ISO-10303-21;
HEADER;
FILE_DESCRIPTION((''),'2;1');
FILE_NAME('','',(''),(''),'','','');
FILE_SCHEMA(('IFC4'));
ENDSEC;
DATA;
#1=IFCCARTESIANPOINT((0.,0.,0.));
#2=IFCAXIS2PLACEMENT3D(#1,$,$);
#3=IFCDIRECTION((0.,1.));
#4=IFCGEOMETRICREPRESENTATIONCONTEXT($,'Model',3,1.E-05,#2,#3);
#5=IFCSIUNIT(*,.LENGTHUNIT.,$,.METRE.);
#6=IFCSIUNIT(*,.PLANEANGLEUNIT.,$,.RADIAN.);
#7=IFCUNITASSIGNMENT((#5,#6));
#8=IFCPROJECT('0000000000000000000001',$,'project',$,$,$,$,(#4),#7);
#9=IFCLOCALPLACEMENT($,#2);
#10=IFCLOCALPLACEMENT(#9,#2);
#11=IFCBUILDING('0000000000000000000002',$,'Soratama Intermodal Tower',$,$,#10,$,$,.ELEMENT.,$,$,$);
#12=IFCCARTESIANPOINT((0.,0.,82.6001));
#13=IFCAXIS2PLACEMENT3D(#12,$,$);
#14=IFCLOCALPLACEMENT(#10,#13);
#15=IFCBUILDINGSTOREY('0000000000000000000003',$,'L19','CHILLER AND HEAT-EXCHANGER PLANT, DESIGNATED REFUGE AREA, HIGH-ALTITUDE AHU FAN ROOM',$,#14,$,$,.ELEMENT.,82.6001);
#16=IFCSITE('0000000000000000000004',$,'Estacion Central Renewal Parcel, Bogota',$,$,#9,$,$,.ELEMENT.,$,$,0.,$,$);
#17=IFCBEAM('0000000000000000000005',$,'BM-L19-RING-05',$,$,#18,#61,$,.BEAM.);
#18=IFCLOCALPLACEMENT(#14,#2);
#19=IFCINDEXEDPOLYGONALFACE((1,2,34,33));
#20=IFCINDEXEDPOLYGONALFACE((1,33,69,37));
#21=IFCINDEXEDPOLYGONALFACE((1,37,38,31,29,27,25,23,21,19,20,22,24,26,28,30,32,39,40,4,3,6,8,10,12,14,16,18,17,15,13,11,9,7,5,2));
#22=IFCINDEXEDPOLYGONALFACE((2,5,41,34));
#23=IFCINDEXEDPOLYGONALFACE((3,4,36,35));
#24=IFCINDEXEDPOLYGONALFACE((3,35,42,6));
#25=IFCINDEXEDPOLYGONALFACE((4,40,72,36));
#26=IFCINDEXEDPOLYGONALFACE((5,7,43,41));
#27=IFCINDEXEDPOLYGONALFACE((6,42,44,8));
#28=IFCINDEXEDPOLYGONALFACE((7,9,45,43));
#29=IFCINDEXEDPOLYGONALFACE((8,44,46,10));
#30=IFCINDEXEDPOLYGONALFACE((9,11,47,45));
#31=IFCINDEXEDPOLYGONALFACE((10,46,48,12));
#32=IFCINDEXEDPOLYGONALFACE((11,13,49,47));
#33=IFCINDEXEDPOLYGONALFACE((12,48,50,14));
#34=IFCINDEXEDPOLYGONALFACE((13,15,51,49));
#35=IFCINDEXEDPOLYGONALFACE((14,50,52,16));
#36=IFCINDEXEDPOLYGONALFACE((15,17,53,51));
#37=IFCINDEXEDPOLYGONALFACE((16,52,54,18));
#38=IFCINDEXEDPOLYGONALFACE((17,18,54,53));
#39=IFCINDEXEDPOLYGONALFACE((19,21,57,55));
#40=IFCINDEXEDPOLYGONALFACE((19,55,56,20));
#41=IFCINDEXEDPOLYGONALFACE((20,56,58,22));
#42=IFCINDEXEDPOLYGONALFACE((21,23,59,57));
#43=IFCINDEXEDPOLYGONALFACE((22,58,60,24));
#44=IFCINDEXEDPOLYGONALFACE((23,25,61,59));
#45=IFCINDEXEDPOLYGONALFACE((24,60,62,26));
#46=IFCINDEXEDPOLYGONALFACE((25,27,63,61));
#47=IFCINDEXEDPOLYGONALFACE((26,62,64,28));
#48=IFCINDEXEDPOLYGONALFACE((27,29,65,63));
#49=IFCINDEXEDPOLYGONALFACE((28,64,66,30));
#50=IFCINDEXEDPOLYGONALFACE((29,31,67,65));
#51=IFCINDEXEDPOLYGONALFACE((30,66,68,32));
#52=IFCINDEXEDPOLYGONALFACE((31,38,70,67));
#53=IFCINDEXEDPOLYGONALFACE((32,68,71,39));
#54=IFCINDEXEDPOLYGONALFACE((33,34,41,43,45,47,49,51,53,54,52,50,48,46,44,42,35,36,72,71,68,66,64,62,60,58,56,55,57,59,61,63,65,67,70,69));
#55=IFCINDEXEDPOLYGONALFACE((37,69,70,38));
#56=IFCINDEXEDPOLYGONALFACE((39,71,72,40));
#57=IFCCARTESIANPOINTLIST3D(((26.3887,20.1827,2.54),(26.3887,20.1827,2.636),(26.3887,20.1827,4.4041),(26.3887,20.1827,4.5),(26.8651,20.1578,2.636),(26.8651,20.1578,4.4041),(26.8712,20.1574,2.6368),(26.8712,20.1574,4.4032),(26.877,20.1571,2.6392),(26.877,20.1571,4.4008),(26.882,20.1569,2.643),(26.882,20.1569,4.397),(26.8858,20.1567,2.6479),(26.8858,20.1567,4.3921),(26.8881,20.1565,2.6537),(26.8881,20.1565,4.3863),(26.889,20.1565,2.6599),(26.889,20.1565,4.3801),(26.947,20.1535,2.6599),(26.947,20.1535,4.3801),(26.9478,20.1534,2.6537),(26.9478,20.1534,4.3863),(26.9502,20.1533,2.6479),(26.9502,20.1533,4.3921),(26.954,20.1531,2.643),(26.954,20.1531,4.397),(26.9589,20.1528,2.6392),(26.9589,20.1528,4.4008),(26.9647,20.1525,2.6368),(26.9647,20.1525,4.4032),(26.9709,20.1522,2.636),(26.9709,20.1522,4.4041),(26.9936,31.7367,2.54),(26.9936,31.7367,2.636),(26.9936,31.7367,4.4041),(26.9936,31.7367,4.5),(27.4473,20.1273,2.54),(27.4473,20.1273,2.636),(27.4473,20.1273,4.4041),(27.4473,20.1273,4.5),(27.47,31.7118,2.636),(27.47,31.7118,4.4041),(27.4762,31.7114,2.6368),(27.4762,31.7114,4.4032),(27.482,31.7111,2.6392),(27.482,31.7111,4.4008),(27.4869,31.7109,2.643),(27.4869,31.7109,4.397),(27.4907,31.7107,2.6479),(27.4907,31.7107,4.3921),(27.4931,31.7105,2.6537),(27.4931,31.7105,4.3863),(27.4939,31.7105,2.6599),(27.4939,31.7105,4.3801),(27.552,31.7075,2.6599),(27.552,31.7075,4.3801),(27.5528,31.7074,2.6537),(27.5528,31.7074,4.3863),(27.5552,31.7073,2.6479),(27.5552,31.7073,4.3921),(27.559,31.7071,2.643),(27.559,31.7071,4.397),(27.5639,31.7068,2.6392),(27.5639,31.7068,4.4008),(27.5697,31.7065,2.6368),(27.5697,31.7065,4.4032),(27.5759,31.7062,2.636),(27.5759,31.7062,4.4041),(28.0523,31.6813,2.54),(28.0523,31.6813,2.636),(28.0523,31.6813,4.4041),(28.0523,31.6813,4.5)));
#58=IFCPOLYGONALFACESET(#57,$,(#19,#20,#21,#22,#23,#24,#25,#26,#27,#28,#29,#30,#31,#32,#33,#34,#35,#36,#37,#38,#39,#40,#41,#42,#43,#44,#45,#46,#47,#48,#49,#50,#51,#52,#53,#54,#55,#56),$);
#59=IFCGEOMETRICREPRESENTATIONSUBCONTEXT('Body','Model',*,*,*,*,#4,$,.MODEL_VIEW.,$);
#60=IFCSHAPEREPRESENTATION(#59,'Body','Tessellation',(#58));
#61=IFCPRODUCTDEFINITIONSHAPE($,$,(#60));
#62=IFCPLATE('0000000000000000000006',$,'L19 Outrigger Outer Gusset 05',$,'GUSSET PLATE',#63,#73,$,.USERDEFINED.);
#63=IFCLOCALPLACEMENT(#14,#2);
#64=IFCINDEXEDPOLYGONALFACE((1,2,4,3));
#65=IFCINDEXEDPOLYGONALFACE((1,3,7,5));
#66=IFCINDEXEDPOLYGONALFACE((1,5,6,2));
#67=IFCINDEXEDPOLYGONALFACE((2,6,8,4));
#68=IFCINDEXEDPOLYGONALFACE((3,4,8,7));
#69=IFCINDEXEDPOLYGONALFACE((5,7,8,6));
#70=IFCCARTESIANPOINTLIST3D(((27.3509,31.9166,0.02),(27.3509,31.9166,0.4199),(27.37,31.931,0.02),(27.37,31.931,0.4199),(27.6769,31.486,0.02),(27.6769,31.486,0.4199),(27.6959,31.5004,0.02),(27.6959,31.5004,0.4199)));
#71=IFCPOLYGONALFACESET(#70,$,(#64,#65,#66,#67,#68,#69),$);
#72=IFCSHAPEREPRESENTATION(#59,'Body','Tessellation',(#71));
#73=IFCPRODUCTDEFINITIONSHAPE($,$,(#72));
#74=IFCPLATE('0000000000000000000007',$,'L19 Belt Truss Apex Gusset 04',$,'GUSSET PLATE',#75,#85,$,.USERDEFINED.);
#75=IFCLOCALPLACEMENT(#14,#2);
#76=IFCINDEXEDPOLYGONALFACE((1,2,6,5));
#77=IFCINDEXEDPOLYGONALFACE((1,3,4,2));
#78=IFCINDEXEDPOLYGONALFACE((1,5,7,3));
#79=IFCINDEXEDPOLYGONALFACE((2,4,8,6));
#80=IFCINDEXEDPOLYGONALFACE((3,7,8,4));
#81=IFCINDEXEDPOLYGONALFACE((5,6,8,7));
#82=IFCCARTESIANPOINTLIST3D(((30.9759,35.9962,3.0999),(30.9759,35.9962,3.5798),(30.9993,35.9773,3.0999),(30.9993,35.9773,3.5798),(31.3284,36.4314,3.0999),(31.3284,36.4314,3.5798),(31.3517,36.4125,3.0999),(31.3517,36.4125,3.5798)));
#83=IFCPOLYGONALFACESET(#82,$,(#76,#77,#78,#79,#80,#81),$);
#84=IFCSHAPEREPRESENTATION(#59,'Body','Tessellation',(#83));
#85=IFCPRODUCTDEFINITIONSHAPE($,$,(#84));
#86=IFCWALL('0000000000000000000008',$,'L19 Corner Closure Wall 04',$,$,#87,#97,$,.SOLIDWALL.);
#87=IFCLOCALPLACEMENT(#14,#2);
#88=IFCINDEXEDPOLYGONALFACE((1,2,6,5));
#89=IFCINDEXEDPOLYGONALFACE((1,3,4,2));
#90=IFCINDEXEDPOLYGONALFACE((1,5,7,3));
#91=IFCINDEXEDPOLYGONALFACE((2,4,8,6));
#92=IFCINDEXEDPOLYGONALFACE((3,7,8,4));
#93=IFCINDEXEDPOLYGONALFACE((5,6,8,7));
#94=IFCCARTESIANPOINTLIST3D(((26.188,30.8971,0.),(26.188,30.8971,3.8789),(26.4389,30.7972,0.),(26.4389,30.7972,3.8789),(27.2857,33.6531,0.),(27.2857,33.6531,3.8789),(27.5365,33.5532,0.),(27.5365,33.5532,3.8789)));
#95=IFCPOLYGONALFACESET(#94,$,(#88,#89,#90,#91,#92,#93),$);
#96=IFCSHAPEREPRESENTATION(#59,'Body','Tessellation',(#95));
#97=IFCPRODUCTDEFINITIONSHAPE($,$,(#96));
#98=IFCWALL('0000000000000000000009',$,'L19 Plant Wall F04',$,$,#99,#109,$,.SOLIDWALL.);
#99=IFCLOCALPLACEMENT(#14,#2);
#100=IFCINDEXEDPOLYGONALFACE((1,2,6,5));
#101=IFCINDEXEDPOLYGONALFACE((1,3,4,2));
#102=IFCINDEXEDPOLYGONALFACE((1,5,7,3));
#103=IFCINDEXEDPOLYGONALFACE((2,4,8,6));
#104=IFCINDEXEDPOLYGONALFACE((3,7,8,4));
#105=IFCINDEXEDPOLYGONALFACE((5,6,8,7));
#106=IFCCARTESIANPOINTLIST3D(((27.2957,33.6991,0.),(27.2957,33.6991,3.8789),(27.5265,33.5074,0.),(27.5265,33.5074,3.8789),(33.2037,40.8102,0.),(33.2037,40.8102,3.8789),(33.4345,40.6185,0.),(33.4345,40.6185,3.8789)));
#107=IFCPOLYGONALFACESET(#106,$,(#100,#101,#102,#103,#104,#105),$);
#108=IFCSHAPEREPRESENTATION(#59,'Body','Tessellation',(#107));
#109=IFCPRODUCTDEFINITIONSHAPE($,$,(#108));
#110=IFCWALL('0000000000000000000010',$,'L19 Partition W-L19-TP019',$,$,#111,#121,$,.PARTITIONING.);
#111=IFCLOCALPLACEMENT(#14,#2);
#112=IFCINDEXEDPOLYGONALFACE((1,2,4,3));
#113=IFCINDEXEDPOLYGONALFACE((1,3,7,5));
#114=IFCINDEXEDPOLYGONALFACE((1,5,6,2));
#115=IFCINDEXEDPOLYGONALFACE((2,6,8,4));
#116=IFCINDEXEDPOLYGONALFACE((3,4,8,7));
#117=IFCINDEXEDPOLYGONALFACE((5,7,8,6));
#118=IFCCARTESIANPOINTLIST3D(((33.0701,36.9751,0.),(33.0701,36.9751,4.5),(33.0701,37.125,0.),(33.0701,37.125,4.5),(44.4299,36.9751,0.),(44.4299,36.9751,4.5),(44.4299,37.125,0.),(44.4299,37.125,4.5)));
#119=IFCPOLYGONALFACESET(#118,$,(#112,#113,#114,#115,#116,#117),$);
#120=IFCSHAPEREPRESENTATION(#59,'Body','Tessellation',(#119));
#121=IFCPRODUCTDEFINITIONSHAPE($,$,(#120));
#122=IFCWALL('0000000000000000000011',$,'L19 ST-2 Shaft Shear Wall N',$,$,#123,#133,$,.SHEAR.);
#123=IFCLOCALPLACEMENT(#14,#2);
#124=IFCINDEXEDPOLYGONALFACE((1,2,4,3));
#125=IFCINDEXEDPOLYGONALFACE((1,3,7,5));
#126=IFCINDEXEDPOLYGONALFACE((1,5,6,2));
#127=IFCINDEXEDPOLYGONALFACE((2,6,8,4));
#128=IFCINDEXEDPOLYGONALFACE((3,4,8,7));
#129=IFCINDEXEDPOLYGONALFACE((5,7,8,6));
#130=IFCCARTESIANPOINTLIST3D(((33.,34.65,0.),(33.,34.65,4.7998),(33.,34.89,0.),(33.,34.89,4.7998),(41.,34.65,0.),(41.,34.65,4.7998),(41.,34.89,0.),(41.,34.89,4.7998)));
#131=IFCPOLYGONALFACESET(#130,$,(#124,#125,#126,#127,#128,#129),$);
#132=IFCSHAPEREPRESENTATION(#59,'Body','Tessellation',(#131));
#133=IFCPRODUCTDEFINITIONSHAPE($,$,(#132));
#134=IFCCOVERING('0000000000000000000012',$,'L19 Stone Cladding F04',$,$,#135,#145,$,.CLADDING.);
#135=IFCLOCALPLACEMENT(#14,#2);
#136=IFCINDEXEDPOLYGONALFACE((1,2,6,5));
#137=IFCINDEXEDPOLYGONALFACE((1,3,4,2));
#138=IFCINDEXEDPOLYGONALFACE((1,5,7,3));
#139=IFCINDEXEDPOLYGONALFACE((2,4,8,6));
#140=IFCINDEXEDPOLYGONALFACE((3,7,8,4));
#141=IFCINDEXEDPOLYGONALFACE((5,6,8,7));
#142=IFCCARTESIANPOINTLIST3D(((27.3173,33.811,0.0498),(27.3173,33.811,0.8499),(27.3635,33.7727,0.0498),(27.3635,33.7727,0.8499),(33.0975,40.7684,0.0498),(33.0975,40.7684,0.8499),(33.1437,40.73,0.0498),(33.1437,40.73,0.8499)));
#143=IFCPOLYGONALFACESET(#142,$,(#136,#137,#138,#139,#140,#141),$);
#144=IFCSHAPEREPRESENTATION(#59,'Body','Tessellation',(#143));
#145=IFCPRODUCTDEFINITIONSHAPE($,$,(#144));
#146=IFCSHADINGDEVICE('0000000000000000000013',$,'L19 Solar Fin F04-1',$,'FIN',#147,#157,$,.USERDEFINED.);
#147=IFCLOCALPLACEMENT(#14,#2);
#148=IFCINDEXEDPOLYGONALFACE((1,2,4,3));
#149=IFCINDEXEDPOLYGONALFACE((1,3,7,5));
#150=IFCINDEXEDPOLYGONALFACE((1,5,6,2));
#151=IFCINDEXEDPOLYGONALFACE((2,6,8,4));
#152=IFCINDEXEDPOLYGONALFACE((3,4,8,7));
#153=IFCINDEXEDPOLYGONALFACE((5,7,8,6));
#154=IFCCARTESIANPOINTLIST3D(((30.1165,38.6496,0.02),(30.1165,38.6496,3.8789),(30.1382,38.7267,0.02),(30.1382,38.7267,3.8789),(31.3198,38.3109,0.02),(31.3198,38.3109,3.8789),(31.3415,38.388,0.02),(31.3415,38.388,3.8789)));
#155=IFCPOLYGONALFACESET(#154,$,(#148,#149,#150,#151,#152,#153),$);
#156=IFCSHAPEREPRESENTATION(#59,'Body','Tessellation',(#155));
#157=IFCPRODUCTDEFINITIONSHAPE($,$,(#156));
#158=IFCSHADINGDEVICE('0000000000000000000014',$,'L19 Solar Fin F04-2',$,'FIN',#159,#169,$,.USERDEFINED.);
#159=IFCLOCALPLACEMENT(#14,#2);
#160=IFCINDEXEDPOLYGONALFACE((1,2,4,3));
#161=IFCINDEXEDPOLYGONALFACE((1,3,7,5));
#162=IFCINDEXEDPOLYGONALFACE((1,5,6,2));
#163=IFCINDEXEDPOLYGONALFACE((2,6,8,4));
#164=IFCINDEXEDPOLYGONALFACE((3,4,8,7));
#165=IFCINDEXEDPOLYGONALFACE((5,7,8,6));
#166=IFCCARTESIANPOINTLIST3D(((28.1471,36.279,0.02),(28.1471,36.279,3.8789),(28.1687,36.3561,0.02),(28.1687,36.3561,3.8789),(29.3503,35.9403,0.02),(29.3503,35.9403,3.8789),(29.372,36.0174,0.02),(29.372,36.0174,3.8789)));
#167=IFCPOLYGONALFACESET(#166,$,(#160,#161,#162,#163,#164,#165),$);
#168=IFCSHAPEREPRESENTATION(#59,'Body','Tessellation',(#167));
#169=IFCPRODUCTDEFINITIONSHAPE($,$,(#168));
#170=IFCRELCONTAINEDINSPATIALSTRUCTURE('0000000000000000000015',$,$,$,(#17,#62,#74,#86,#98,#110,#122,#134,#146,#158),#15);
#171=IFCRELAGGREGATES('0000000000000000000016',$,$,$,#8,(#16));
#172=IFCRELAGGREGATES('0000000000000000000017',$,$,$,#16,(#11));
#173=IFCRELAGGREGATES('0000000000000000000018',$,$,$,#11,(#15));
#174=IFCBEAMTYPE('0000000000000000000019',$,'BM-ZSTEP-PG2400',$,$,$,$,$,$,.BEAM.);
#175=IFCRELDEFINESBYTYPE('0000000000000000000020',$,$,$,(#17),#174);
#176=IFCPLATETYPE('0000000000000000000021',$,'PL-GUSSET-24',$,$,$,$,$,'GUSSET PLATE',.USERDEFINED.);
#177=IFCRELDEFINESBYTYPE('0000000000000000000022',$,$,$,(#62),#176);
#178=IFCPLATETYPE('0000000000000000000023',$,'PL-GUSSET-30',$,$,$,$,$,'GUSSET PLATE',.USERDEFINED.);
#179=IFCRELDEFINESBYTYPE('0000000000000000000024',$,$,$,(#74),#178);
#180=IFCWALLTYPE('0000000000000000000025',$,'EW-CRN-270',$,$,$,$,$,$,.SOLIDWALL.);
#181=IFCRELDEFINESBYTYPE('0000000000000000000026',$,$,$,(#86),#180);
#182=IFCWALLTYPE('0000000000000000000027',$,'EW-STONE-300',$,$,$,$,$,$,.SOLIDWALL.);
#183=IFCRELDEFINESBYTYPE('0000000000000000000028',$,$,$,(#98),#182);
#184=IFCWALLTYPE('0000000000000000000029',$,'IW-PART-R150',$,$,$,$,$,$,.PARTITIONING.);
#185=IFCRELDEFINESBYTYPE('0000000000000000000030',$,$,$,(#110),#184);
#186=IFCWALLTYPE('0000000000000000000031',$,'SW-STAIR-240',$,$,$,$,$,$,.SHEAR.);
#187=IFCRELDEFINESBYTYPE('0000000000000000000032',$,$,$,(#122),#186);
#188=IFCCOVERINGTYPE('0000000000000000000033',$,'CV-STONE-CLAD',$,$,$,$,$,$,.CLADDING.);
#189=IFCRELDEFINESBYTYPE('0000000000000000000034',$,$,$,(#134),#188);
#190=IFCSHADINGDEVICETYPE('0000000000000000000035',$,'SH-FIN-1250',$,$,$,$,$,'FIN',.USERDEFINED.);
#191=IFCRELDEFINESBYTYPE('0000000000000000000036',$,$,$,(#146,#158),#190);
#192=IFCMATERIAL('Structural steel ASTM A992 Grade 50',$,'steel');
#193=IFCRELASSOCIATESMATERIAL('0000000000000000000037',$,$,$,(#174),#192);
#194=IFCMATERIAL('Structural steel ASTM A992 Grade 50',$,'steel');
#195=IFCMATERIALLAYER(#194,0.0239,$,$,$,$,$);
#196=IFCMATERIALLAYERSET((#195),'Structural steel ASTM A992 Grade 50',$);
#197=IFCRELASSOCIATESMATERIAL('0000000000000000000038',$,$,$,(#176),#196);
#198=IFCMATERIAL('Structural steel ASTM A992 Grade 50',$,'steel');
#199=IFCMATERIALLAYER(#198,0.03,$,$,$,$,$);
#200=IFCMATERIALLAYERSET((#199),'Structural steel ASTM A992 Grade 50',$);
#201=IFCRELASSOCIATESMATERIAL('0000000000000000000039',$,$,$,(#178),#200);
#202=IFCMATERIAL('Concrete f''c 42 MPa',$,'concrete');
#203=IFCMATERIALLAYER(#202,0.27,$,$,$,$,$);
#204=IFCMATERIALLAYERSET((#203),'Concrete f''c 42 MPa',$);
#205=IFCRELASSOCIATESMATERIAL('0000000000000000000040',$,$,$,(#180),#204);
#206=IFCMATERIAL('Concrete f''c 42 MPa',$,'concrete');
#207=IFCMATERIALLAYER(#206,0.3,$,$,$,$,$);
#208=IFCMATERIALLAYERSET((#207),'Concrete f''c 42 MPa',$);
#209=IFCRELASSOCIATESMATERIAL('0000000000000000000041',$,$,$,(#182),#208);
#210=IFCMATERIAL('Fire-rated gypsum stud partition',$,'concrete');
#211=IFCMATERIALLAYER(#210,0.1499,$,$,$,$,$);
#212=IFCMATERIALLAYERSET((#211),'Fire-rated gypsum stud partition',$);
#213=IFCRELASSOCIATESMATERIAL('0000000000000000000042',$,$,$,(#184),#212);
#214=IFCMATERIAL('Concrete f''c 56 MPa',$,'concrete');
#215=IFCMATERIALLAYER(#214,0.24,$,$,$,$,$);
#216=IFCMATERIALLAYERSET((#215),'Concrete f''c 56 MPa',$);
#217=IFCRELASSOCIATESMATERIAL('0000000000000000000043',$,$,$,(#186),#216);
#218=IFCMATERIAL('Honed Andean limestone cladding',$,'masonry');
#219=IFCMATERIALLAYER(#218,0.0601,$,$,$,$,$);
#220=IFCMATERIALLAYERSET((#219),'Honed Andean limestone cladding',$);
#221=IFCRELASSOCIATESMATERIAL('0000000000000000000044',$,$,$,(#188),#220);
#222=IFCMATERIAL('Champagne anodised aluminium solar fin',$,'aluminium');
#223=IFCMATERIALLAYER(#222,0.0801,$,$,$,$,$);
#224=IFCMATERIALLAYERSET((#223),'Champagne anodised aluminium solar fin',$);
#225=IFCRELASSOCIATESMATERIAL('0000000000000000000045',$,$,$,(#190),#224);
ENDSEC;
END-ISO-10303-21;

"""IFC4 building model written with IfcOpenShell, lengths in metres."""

from ifc_helpers import new_model, si_unit, direction, frame, frame_2d, origin, origin_2d, place, context, subcontext, project, spatial, rectangle, i_section, extrude, material, layer, layer_set, material_profile, profile_set, type_object, element, save


model = new_model("IFC4")

# Units and contexts
model_context = context("Model", 3, precision=1e-05, world=origin(), true_north=direction((0.0, 1.0)))
body_context = subcontext(model_context, "Body", "Model", "MODEL_VIEW")
ifc_project = project(units=[si_unit("LENGTHUNIT", "METRE"), si_unit("PLANEANGLEUNIT", "RADIAN")], contexts=[model_context])

# Site, building, storey
site_placement = place(None, origin())
site = spatial("IfcSite", under=ifc_project, at=site_placement, Name="Estacion Central Renewal Parcel, Bogota", CompositionType="ELEMENT", RefElevation=0.0)
building_placement = place(site_placement, origin())
building = spatial("IfcBuilding", under=site, at=building_placement, Name="Soratama Intermodal Tower", CompositionType="ELEMENT")
storey_placement = place(building_placement, frame((0.0, 0.0, 82.6001)))
storey = spatial("IfcBuildingStorey", under=building, at=storey_placement, Name="L19", Description="CHILLER AND HEAT-EXCHANGER PLANT, DESIGNATED REFUGE AREA, HIGH-ALTITUDE AHU FAN ROOM", CompositionType="ELEMENT", Elevation=82.6001)

# Beam
ifc_material_1 = material(Name="Structural steel ASTM A992 Grade 50", Category="steel")
ifc_material_profile_1 = material_profile(ifc_material_1, i_section(OverallWidth=1.0601, OverallDepth=1.96, WebThickness=0.0581, FlangeThickness=0.0959, FilletRadius=0.0239, at=origin_2d()), Name="PG2400X900")
ifc_profile_set_1 = profile_set([ifc_material_profile_1], Name="Structural steel ASTM A992 Grade 50")
beam_type_1 = type_object("IfcBeamType", Name="BM-ZSTEP-PG2400", PredefinedType="BEAM", material=ifc_profile_set_1)
beam_1_placement = place(storey_placement, frame((27.5229, 31.709, 3.52), z_axis=(-0.05229, -0.998632, 0.0), x_axis=(0.998632, -0.05229, 0.0)))
element("IfcBeam", 1, at=beam_1_placement, inside=storey, type_object=beam_type_1, Name="BM-L19-RING-05", PredefinedType="BEAM", context=body_context, shape_type="SweptSolid", body=[
    extrude(i_section(OverallWidth=1.0601, OverallDepth=1.96, WebThickness=0.0581, FlangeThickness=0.0959, FilletRadius=0.0239, at=origin_2d()), origin(), (0.0, 0.0, 1.0), 11.5698),
])

# Plates
ifc_material_2 = material(Name="Structural steel ASTM A992 Grade 50", Category="steel")
ifc_layer_1 = layer(ifc_material_2, 0.0239)
ifc_layer_set_1 = layer_set([ifc_layer_1], Name="Structural steel ASTM A992 Grade 50")
plate_type_1 = type_object("IfcPlateType", Name="PL-GUSSET-24", ElementType="GUSSET PLATE", PredefinedType="USERDEFINED", material=ifc_layer_set_1)
plate_1_placement = place(storey_placement, frame((27.5234, 31.7085, 0.02), z_axis=(0.0, 0.0, 1.0), x_axis=(-0.603486, 0.797373, 0.0)))
element("IfcPlate", 2, at=plate_1_placement, inside=storey, type_object=plate_type_1, Name="L19 Outrigger Outer Gusset 05", ObjectType="GUSSET PLATE", PredefinedType="USERDEFINED", context=body_context, shape_type="SweptSolid", body=[
    extrude(rectangle(XDim=0.54, YDim=0.0239, at=origin_2d()), origin(), (0.0, 0.0, 1.0), 0.3999),
])
ifc_material_3 = material(Name="Structural steel ASTM A992 Grade 50", Category="steel")
ifc_layer_2 = layer(ifc_material_3, 0.03)
ifc_layer_set_2 = layer_set([ifc_layer_2], Name="Structural steel ASTM A992 Grade 50")
plate_type_2 = type_object("IfcPlateType", Name="PL-GUSSET-30", ElementType="GUSSET PLATE", PredefinedType="USERDEFINED", material=ifc_layer_set_2)
plate_2_placement = place(storey_placement, frame((31.1638, 36.2043, 3.0999), z_axis=(0.0, 0.0, 1.0), x_axis=(-0.62932, -0.777146, 0.0)))
element("IfcPlate", 3, at=plate_2_placement, inside=storey, type_object=plate_type_2, Name="L19 Belt Truss Apex Gusset 04", ObjectType="GUSSET PLATE", PredefinedType="USERDEFINED", context=body_context, shape_type="SweptSolid", body=[
    extrude(rectangle(XDim=0.5601, YDim=0.03, at=origin_2d()), origin(), (0.0, 0.0, 1.0), 0.48),
])

# Walls
ifc_material_4 = material(Name="Concrete f'c 42 MPa", Category="concrete")
ifc_layer_3 = layer(ifc_material_4, 0.27)
ifc_layer_set_3 = layer_set([ifc_layer_3], Name="Concrete f'c 42 MPa")
wall_type_1 = type_object("IfcWallType", Name="EW-CRN-270", PredefinedType="SOLIDWALL", material=ifc_layer_set_3)
wall_1_placement = place(storey_placement, frame((27.4111, 33.6033, 0.0), z_axis=(0.0, 0.0, 1.0), x_axis=(-0.37, -0.929032, 0.0)))
element("IfcWall", 4, at=wall_1_placement, inside=storey, type_object=wall_type_1, Name="L19 Corner Closure Wall 04", PredefinedType="SOLIDWALL", context=body_context, shape_type="SweptSolid", body=[
    extrude(rectangle(XDim=2.9666, YDim=0.27, at=frame_2d((1.4834, 0.0))), origin(), (0.0, 0.0, 1.0), 3.8789),
])
ifc_material_5 = material(Name="Concrete f'c 42 MPa", Category="concrete")
ifc_layer_4 = layer(ifc_material_5, 0.3)
ifc_layer_set_4 = layer_set([ifc_layer_4], Name="Concrete f'c 42 MPa")
wall_type_2 = type_object("IfcWallType", Name="EW-STONE-300", PredefinedType="SOLIDWALL", material=ifc_layer_set_4)
wall_2_placement = place(storey_placement, frame((33.3191, 40.7144, 0.0), z_axis=(0.0, 0.0, 1.0), x_axis=(-0.639038, -0.769175, 0.0)))
element("IfcWall", 5, at=wall_2_placement, inside=storey, type_object=wall_type_2, Name="L19 Plant Wall F04", PredefinedType="SOLIDWALL", context=body_context, shape_type="SweptSolid", body=[
    extrude(rectangle(XDim=9.2451, YDim=0.3, at=frame_2d((4.6226, 0.0))), origin(), (0.0, 0.0, 1.0), 3.8789),
])
ifc_material_6 = material(Name="Fire-rated gypsum stud partition", Category="concrete")
ifc_layer_5 = layer(ifc_material_6, 0.1499)
ifc_layer_set_5 = layer_set([ifc_layer_5], Name="Fire-rated gypsum stud partition")
wall_type_3 = type_object("IfcWallType", Name="IW-PART-R150", PredefinedType="PARTITIONING", material=ifc_layer_set_5)
wall_3_placement = place(storey_placement, frame((33.0701, 37.05, 0.0), z_axis=(0.0, 0.0, 1.0), x_axis=(1.0, 0.0, 0.0)))
element("IfcWall", 6, at=wall_3_placement, inside=storey, type_object=wall_type_3, Name="L19 Partition W-L19-TP019", PredefinedType="PARTITIONING", context=body_context, shape_type="SweptSolid", body=[
    extrude(rectangle(XDim=11.3599, YDim=0.1499, at=frame_2d((5.6799, 0.0))), origin(), (0.0, 0.0, 1.0), 4.5),
])
ifc_material_7 = material(Name="Concrete f'c 56 MPa", Category="concrete")
ifc_layer_6 = layer(ifc_material_7, 0.24)
ifc_layer_set_6 = layer_set([ifc_layer_6], Name="Concrete f'c 56 MPa")
wall_type_4 = type_object("IfcWallType", Name="SW-STAIR-240", PredefinedType="SHEAR", material=ifc_layer_set_6)
wall_4_placement = place(storey_placement, frame((33.0, 34.77, 0.0), z_axis=(0.0, 0.0, 1.0), x_axis=(1.0, 0.0, 0.0)))
element("IfcWall", 7, at=wall_4_placement, inside=storey, type_object=wall_type_4, Name="L19 ST-2 Shaft Shear Wall N", PredefinedType="SHEAR", context=body_context, shape_type="SweptSolid", body=[
    extrude(rectangle(XDim=8.0, YDim=0.24, at=frame_2d((4.0, 0.0))), origin(), (0.0, 0.0, 1.0), 4.7998),
])

# Covering
ifc_material_8 = material(Name="Honed Andean limestone cladding", Category="masonry")
ifc_layer_7 = layer(ifc_material_8, 0.0601)
ifc_layer_set_7 = layer_set([ifc_layer_7], Name="Honed Andean limestone cladding")
covering_type = type_object("IfcCoveringType", Name="CV-STONE-CLAD", PredefinedType="CLADDING", material=ifc_layer_set_7)
covering_placement = place(storey_placement, frame((30.2305, 37.2705, 0.0498), z_axis=(0.0, 0.0, 1.0), x_axis=(-0.639036, -0.769177, 0.0)))
element("IfcCovering", 8, at=covering_placement, inside=storey, type_object=covering_type, Name="L19 Stone Cladding F04", PredefinedType="CLADDING", context=body_context, shape_type="SweptSolid", body=[
    extrude(rectangle(XDim=9.0452, YDim=0.0601, at=origin_2d()), origin(), (0.0, 0.0, 1.0), 0.8),
])

# Shading devices
ifc_material_9 = material(Name="Champagne anodised aluminium solar fin", Category="aluminium")
ifc_layer_8 = layer(ifc_material_9, 0.0801)
ifc_layer_set_8 = layer_set([ifc_layer_8], Name="Champagne anodised aluminium solar fin")
shading_device_type_1 = type_object("IfcShadingDeviceType", Name="SH-FIN-1250", ElementType="FIN", PredefinedType="USERDEFINED", material=ifc_layer_set_8)
for number, where, z_axis, x_axis, name in (
    (9, (30.729, 38.5188, 0.02), (0.0, 0.0, 1.0), (-0.962597, 0.270936, 0.0), "L19 Solar Fin F04-1"),
    (10, (28.7595, 36.1482, 0.02), (0.0, 0.0, 1.0), (-0.962597, 0.270936, 0.0), "L19 Solar Fin F04-2"),
):
    element("IfcShadingDevice", number, at=place(storey_placement, frame(where, z_axis=z_axis, x_axis=x_axis)), inside=storey, type_object=shading_device_type_1, Name=name, ObjectType="FIN", PredefinedType="USERDEFINED", context=body_context, shape_type="SweptSolid", body=[
        extrude(rectangle(XDim=1.25, YDim=0.0801, at=origin_2d()), origin(), (0.0, 0.0, 1.0), 3.8589),
    ])

save(model, "model.ifc")
